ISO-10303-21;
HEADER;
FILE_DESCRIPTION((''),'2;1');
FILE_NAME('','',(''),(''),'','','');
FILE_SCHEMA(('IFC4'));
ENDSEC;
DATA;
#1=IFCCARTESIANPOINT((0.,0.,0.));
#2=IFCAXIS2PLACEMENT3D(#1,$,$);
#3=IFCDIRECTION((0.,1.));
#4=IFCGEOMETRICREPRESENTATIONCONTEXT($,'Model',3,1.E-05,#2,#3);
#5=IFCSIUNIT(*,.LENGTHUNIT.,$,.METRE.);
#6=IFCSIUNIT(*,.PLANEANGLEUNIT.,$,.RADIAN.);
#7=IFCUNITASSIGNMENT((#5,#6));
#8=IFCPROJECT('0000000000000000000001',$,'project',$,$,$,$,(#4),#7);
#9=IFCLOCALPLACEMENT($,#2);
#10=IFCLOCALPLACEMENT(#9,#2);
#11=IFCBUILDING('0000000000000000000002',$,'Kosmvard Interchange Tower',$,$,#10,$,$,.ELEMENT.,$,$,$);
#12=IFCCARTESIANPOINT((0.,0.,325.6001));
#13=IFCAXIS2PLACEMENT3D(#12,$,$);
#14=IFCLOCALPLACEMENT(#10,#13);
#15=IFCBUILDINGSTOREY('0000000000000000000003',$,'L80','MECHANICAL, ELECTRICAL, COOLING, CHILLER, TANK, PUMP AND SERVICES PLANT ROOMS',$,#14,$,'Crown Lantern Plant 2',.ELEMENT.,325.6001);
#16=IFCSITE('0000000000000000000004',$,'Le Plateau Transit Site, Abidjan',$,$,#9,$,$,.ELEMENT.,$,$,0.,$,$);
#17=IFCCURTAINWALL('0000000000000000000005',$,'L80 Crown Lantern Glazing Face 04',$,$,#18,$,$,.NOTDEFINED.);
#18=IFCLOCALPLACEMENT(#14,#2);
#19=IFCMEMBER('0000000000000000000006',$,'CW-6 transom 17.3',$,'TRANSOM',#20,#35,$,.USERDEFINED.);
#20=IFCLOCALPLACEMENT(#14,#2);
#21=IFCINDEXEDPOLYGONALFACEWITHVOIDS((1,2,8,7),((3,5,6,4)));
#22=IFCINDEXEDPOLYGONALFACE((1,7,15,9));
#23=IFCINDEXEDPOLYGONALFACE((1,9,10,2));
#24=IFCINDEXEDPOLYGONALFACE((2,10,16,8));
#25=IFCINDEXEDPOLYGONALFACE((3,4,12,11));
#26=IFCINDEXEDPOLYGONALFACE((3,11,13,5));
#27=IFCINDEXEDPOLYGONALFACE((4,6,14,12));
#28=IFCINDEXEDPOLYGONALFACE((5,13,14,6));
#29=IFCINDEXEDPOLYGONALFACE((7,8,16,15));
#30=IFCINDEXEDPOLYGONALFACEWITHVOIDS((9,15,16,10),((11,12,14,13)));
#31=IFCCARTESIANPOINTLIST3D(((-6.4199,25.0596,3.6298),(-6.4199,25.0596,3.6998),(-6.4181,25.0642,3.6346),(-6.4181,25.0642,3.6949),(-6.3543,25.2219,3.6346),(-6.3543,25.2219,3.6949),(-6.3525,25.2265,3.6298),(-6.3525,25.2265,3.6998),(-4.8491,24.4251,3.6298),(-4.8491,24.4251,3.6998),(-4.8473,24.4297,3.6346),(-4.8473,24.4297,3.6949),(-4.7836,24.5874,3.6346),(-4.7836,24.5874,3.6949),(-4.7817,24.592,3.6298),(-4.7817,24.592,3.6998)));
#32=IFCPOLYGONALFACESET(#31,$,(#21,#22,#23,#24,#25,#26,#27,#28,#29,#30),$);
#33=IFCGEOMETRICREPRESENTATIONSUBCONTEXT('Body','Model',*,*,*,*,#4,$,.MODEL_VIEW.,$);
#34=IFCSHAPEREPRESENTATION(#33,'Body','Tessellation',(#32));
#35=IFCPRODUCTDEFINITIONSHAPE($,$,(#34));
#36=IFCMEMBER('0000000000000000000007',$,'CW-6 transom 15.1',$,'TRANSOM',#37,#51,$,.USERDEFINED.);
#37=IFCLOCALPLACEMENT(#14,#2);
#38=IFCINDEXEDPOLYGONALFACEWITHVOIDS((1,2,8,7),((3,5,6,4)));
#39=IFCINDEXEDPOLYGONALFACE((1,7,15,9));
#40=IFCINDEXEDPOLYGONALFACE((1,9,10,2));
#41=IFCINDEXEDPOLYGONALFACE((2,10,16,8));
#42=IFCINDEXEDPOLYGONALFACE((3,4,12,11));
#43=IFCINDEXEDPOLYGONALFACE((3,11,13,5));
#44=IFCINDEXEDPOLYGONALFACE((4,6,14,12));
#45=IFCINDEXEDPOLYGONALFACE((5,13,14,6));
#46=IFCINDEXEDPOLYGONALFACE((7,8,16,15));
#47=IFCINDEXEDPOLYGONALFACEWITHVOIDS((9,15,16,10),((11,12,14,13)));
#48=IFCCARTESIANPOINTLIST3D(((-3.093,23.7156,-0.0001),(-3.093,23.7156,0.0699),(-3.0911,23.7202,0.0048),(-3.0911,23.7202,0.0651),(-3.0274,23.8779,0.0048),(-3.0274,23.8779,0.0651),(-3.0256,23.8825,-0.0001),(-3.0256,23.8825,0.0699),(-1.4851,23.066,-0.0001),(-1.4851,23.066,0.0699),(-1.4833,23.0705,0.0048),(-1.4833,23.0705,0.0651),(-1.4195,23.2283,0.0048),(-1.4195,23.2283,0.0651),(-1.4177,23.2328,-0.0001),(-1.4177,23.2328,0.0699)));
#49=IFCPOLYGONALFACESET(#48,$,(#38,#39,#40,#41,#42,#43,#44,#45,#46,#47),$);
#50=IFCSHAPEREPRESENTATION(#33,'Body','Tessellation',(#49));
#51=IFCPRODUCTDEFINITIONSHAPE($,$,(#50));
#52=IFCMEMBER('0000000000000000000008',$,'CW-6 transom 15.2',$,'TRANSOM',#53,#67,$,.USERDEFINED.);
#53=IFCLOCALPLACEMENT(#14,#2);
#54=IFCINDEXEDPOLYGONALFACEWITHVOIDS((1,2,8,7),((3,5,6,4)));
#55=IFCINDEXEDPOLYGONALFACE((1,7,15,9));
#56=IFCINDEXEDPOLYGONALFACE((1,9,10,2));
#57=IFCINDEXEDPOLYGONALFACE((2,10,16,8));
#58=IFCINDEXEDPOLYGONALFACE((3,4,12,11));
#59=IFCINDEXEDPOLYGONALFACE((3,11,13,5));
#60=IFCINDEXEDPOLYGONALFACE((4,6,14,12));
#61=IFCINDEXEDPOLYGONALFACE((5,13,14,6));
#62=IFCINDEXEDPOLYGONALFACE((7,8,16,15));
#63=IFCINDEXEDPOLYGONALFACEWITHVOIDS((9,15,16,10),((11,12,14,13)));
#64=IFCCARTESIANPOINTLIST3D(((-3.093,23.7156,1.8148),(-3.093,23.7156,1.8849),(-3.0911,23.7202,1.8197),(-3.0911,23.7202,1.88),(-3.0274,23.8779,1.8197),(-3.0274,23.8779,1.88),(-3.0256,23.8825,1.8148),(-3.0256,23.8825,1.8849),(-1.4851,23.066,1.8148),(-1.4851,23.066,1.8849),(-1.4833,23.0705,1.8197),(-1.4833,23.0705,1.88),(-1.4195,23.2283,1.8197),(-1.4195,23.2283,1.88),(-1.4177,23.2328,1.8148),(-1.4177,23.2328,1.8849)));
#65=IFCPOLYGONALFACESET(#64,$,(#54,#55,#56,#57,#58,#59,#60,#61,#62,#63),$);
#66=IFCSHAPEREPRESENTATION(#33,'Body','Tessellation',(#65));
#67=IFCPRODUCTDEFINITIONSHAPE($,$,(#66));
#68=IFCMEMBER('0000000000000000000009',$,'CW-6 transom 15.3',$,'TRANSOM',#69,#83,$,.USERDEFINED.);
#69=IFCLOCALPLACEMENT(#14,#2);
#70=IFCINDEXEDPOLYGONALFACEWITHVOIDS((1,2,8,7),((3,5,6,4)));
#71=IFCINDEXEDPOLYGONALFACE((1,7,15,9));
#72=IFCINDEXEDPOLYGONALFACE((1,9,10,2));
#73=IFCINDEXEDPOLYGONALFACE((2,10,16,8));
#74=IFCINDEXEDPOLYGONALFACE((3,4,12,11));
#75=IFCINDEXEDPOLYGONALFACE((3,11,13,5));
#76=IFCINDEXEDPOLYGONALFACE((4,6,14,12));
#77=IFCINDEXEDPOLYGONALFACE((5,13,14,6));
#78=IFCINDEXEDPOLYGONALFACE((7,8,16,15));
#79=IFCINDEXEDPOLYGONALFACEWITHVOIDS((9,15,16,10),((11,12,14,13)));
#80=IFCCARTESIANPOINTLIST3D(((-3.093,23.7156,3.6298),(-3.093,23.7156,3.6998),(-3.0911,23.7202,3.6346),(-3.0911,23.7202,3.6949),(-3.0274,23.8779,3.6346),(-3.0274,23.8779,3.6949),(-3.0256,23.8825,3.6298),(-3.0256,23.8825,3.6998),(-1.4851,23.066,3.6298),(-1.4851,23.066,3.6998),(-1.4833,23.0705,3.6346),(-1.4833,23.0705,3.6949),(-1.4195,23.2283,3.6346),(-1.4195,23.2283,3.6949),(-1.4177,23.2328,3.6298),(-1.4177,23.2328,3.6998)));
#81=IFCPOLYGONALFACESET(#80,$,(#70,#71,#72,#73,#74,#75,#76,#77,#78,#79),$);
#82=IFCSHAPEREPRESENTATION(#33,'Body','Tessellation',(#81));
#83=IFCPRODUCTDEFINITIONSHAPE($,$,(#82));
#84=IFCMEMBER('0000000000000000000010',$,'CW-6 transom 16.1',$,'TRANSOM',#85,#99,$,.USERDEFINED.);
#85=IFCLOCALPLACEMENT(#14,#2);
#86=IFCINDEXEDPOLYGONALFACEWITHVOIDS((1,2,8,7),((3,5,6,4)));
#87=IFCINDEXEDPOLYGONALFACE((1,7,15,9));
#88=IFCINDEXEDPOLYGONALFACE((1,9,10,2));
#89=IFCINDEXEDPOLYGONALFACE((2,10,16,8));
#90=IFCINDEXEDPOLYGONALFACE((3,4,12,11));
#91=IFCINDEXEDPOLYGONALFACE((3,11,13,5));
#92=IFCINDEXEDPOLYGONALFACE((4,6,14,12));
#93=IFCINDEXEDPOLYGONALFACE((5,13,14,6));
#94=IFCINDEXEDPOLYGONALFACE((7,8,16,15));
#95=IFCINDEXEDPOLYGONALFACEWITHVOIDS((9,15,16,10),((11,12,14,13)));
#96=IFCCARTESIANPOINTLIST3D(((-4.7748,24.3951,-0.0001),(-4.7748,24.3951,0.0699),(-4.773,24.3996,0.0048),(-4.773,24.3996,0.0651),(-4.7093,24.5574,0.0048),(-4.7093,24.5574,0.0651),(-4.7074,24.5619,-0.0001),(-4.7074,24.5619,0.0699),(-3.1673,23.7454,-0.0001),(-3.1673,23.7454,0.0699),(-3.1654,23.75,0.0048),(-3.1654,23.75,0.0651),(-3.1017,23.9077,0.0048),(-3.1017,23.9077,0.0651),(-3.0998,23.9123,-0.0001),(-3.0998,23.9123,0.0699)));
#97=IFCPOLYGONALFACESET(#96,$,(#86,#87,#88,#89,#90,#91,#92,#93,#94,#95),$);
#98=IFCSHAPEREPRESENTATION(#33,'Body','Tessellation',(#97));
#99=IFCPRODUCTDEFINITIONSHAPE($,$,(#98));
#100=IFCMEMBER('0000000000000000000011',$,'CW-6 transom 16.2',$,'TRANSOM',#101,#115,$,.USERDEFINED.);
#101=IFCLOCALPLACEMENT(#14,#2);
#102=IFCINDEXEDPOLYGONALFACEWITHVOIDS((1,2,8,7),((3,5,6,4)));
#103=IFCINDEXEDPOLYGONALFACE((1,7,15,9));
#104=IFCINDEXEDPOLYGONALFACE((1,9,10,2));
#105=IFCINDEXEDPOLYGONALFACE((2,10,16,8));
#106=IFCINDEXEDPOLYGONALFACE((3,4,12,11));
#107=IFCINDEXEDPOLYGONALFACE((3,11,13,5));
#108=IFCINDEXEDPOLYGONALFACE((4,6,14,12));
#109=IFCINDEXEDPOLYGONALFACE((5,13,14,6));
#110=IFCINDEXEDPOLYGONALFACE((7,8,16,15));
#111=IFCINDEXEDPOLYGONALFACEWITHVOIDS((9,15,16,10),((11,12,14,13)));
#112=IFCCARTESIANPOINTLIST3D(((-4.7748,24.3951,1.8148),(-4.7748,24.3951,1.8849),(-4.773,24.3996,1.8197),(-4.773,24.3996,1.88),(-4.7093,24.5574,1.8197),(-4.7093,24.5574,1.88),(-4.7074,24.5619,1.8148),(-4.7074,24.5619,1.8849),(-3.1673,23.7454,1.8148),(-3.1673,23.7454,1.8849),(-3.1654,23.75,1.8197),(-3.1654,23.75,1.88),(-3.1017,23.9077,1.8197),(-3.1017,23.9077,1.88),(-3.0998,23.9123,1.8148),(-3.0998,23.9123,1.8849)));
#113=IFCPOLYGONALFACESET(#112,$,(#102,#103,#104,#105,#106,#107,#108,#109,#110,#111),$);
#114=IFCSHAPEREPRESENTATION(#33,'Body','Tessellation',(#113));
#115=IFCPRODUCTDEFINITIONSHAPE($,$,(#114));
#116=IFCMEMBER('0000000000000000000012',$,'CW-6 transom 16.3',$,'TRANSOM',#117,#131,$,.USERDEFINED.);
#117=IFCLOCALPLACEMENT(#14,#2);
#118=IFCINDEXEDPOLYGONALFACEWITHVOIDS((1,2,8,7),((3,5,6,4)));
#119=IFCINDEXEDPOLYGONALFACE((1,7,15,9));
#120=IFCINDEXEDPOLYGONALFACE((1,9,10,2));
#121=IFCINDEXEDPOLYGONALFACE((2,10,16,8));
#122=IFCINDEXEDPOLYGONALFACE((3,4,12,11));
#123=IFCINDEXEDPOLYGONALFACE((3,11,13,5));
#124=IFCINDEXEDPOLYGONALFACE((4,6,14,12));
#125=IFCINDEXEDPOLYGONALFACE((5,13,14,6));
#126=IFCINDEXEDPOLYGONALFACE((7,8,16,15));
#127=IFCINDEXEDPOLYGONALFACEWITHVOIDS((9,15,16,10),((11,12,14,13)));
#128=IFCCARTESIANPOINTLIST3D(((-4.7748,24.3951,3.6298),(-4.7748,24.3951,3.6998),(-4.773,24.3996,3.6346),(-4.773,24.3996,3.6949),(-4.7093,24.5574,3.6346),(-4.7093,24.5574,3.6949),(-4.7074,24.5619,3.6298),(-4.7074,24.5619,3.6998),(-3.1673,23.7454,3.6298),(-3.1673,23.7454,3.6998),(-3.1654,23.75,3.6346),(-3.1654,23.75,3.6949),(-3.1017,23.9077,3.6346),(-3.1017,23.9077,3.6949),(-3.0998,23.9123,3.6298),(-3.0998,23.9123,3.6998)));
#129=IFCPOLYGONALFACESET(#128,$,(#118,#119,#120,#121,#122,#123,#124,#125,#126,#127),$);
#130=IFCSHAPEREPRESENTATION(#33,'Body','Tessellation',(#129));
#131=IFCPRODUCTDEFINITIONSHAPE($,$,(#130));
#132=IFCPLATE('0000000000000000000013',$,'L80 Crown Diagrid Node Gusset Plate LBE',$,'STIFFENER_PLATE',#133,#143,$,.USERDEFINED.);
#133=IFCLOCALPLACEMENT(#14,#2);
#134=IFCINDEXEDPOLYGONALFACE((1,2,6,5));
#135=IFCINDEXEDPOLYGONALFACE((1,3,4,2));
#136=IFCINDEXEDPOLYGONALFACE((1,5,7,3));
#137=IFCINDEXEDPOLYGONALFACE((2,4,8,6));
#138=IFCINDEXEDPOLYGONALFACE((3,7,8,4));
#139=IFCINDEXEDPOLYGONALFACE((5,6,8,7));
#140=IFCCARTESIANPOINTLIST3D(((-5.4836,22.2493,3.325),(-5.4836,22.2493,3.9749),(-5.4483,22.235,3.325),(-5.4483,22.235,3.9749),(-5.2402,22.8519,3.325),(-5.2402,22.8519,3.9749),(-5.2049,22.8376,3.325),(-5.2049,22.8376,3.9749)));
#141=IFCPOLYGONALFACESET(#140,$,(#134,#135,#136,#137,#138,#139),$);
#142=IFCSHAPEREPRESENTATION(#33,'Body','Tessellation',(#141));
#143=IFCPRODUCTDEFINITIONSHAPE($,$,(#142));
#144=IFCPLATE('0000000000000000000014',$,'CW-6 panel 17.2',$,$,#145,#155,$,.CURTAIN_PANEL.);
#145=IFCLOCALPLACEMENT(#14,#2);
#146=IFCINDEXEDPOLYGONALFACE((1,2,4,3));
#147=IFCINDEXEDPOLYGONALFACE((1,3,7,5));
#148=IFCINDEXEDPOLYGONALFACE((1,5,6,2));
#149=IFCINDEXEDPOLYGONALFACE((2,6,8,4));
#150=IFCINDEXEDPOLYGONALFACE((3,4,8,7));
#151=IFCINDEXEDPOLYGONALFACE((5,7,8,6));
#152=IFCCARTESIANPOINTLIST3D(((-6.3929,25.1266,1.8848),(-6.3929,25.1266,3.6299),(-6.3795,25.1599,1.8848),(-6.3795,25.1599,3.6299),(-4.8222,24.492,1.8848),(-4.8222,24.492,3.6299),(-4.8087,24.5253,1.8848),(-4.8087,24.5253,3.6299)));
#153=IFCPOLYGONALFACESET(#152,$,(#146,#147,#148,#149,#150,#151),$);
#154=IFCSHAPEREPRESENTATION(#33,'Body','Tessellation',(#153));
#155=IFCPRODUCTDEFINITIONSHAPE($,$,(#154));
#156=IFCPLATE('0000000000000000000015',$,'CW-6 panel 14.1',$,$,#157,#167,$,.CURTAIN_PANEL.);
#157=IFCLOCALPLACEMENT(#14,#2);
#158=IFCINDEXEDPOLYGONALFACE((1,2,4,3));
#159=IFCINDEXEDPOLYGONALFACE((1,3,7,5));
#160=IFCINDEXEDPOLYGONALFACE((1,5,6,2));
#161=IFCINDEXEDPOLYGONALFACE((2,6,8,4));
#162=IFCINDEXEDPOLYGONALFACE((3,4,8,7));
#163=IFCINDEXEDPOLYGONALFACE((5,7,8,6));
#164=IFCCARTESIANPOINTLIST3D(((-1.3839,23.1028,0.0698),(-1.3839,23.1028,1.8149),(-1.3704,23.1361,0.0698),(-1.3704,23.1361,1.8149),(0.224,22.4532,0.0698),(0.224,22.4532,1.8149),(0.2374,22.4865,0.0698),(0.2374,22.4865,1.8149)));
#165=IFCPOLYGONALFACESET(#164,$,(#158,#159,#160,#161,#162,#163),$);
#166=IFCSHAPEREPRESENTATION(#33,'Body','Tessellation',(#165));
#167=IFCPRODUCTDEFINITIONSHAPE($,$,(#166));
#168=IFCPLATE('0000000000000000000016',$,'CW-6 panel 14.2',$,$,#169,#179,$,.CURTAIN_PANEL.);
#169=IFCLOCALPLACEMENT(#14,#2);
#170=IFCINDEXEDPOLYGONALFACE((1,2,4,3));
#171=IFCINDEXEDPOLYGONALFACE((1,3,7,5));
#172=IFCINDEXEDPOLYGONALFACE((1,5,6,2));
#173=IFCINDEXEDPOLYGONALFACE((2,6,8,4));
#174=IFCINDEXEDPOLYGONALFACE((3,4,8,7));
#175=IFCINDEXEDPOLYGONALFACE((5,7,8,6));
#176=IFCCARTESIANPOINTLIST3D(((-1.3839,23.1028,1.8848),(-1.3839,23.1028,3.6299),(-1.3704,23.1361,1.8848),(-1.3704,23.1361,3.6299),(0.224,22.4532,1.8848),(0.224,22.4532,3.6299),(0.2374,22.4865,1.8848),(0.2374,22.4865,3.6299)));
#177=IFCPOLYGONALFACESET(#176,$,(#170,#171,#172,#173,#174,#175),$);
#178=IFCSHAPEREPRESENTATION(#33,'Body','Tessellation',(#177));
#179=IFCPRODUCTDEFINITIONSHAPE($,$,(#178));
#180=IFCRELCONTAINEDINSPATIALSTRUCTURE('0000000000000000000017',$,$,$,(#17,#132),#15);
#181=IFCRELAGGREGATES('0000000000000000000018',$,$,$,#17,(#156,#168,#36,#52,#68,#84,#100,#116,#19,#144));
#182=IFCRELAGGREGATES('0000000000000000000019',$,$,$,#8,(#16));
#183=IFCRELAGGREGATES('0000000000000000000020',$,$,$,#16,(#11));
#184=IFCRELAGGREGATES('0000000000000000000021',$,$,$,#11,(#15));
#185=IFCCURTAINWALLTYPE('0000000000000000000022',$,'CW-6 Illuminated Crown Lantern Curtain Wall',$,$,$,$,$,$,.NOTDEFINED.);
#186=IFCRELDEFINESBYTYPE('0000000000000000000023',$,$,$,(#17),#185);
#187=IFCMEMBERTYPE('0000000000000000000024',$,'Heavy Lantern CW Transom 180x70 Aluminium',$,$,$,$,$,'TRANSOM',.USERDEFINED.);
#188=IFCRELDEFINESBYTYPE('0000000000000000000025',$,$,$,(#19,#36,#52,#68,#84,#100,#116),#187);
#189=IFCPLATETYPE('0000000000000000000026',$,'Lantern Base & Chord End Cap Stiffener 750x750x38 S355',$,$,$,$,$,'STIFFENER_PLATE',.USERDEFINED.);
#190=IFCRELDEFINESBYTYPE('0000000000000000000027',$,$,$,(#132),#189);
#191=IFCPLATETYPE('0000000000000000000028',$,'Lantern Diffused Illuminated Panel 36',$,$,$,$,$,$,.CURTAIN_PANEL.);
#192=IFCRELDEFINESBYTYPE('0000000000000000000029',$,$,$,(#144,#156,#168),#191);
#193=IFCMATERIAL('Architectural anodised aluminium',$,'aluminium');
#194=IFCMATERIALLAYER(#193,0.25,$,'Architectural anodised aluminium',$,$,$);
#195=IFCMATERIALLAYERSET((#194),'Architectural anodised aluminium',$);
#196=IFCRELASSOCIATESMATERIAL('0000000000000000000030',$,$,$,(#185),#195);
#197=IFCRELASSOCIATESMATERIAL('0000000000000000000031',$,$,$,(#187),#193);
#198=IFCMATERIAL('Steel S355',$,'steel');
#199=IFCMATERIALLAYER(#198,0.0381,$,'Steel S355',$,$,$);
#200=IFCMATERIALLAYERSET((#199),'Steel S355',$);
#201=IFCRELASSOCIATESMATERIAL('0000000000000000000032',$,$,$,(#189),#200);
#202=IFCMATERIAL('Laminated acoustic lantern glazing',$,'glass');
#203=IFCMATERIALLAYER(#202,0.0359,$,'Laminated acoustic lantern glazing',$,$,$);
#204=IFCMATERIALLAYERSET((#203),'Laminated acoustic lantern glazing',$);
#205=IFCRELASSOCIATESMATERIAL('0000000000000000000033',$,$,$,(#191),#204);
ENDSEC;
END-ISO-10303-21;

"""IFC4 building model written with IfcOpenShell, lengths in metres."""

from ifc_helpers import new_model, si_unit, direction, frame, origin, origin_2d, place, context, subcontext, project, spatial, rectangle, hollow_rectangle, extrude, source, transform, mapped, material, layer, layer_set, material_profile, profile_set, type_object, element, aggregate, save


model = new_model("IFC4")

# Units and contexts
model_context = context("Model", 3, precision=1e-05, world=origin(), true_north=direction((0.0, 1.0)))
body_context = subcontext(model_context, "Body", "Model", "MODEL_VIEW")
ifc_project = project(units=[si_unit("LENGTHUNIT", "METRE"), si_unit("PLANEANGLEUNIT", "RADIAN")], contexts=[model_context])

# Site, building, storey
site_placement = place(None, origin())
site = spatial("IfcSite", under=ifc_project, at=site_placement, Name="Le Plateau Transit Site, Abidjan", CompositionType="ELEMENT", RefElevation=0.0)
building_placement = place(site_placement, origin())
building = spatial("IfcBuilding", under=site, at=building_placement, Name="Kosmvard Interchange Tower", CompositionType="ELEMENT")
storey_placement = place(building_placement, frame((0.0, 0.0, 325.6001)))
storey = spatial("IfcBuildingStorey", under=building, at=storey_placement, Name="L80", Description="MECHANICAL, ELECTRICAL, COOLING, CHILLER, TANK, PUMP AND SERVICES PLANT ROOMS", LongName="Crown Lantern Plant 2", CompositionType="ELEMENT", Elevation=325.6001)

# Shared definitions
ifc_material_1 = material(Name="Steel S355", Category="steel")

# Curtain wall, members
ifc_material_2 = material(Name="Architectural anodised aluminium", Category="aluminium")
ifc_layer_1 = layer(ifc_material_2, 0.25, Name="Architectural anodised aluminium")
ifc_layer_set_1 = layer_set([ifc_layer_1], Name="Architectural anodised aluminium")
curtain_wall_type = type_object("IfcCurtainWallType", Name="CW-6 Illuminated Crown Lantern Curtain Wall", PredefinedType="NOTDEFINED", material=ifc_layer_set_1)
curtain_wall_placement = place(storey_placement, origin())
curtain_wall = element("IfcCurtainWall", 1, at=curtain_wall_placement, inside=storey, type_object=curtain_wall_type, Name="L80 Crown Lantern Glazing Face 04", PredefinedType="NOTDEFINED")
ifc_material_profile_1 = material_profile(ifc_material_2, hollow_rectangle(XDim=0.1799, YDim=0.0701, WallThickness=0.0049, at=origin_2d()), Name="CWT 180x70x5")
ifc_profile_set_1 = profile_set([ifc_material_profile_1], Name="Architectural anodised aluminium")
member_type_1 = type_object("IfcMemberType", Name="Heavy Lantern CW Transom 180x70 Aluminium", ElementType="TRANSOM", PredefinedType="USERDEFINED", material=ifc_profile_set_1)
shared_shape_1 = source(origin(), body_context, "Body", "SweptSolid", [
    extrude(hollow_rectangle(XDim=0.1799, YDim=0.0701, WallThickness=0.0049, at=origin_2d()), origin(), (0.0, 0.0, 1.0), 1.6941),
])
member_1_placement = place(storey_placement, frame((-4.8154, 24.5085, 3.6648), z_axis=(-0.927209, 0.374544, 0.0), x_axis=(-0.374544, -0.927209, 0.0)))
member_1 = element("IfcMember", 2, at=member_1_placement, type_object=member_type_1, Name="CW-6 transom 17.3", ObjectType="TRANSOM", PredefinedType="USERDEFINED", context=body_context, shape_type="MappedRepresentation", body=[
    mapped(shared_shape_1, transform((0.0, 0.0, 0.0), scale=1.0)),
])
shared_shape_2 = source(origin(), body_context, "Body", "SweptSolid", [
    extrude(hollow_rectangle(XDim=0.1799, YDim=0.0701, WallThickness=0.0049, at=origin_2d()), origin(), (0.0, 0.0, 1.0), 1.7341),
])
member_2_placement = place(storey_placement, frame((-1.4514, 23.1494, 0.0349), z_axis=(-0.92718, 0.374617, 0.0), x_axis=(-0.374617, -0.92718, 0.0)))
member_2 = element("IfcMember", 3, at=member_2_placement, type_object=member_type_1, Name="CW-6 transom 15.1", ObjectType="TRANSOM", PredefinedType="USERDEFINED", context=body_context, shape_type="MappedRepresentation", body=[
    mapped(shared_shape_2, transform((0.0, 0.0, 0.0), scale=1.0)),
])
member_3_placement = place(storey_placement, frame((-1.4514, 23.1494, 1.8499), z_axis=(-0.92718, 0.374617, 0.0), x_axis=(-0.374617, -0.92718, 0.0)))
member_3 = element("IfcMember", 4, at=member_3_placement, type_object=member_type_1, Name="CW-6 transom 15.2", ObjectType="TRANSOM", PredefinedType="USERDEFINED", context=body_context, shape_type="MappedRepresentation", body=[
    mapped(shared_shape_2, transform((0.0, 0.0, 0.0), scale=1.0)),
])
member_4_placement = place(storey_placement, frame((-1.4514, 23.1494, 3.6648), z_axis=(-0.92718, 0.374617, 0.0), x_axis=(-0.374617, -0.92718, 0.0)))
member_4 = element("IfcMember", 5, at=member_4_placement, type_object=member_type_1, Name="CW-6 transom 15.3", ObjectType="TRANSOM", PredefinedType="USERDEFINED", context=body_context, shape_type="MappedRepresentation", body=[
    mapped(shared_shape_2, transform((0.0, 0.0, 0.0), scale=1.0)),
])
shared_shape_3 = source(origin(), body_context, "Body", "SweptSolid", [
    extrude(hollow_rectangle(XDim=0.1799, YDim=0.0701, WallThickness=0.0049, at=origin_2d()), origin(), (0.0, 0.0, 1.0), 1.7339),
])
member_5_placement = place(storey_placement, frame((-3.1335, 23.8289, 0.0349), z_axis=(-0.92716, 0.374666, 0.0), x_axis=(-0.374666, -0.92716, 0.0)))
member_5 = element("IfcMember", 6, at=member_5_placement, type_object=member_type_1, Name="CW-6 transom 16.1", ObjectType="TRANSOM", PredefinedType="USERDEFINED", context=body_context, shape_type="MappedRepresentation", body=[
    mapped(shared_shape_3, transform((0.0, 0.0, 0.0), scale=1.0)),
])
member_6_placement = place(storey_placement, frame((-3.1335, 23.8289, 1.8499), z_axis=(-0.92716, 0.374666, 0.0), x_axis=(-0.374666, -0.92716, 0.0)))
member_6 = element("IfcMember", 7, at=member_6_placement, type_object=member_type_1, Name="CW-6 transom 16.2", ObjectType="TRANSOM", PredefinedType="USERDEFINED", context=body_context, shape_type="MappedRepresentation", body=[
    mapped(shared_shape_3, transform((0.0, 0.0, 0.0), scale=1.0)),
])
member_7_placement = place(storey_placement, frame((-3.1335, 23.8289, 3.6648), z_axis=(-0.92716, 0.374666, 0.0), x_axis=(-0.374666, -0.92716, 0.0)))
member_7 = element("IfcMember", 8, at=member_7_placement, type_object=member_type_1, Name="CW-6 transom 16.3", ObjectType="TRANSOM", PredefinedType="USERDEFINED", context=body_context, shape_type="MappedRepresentation", body=[
    mapped(shared_shape_3, transform((0.0, 0.0, 0.0), scale=1.0)),
])

# Plates
ifc_layer_2 = layer(ifc_material_1, 0.0381, Name="Steel S355")
ifc_layer_set_2 = layer_set([ifc_layer_2], Name="Steel S355")
plate_type_1 = type_object("IfcPlateType", Name="Lantern Base & Chord End Cap Stiffener 750x750x38 S355", ElementType="STIFFENER_PLATE", PredefinedType="USERDEFINED", material=ifc_layer_set_2)
shared_shape_4 = source(origin(), body_context, "Body", "SweptSolid", [
    extrude(rectangle(XDim=0.6499, YDim=0.0381, at=origin_2d()), origin(), (0.0, 0.0, 1.0), 0.6499),
])
plate_1_placement = place(storey_placement, frame((-5.3442, 22.5435, 3.325), z_axis=(0.0, 0.0, 1.0), x_axis=(0.374607, 0.927184, 0.0)))
element("IfcPlate", 9, at=plate_1_placement, inside=storey, type_object=plate_type_1, Name="L80 Crown Diagrid Node Gusset Plate LBE", ObjectType="STIFFENER_PLATE", PredefinedType="USERDEFINED", context=body_context, shape_type="MappedRepresentation", body=[
    mapped(shared_shape_4, transform((0.0, 0.0, 0.0), scale=1.0)),
])
ifc_material_3 = material(Name="Laminated acoustic lantern glazing", Category="glass")
ifc_layer_3 = layer(ifc_material_3, 0.0359, Name="Laminated acoustic lantern glazing")
ifc_layer_set_3 = layer_set([ifc_layer_3], Name="Laminated acoustic lantern glazing")
plate_type_2 = type_object("IfcPlateType", Name="Lantern Diffused Illuminated Panel 36", PredefinedType="CURTAIN_PANEL", material=ifc_layer_set_3)
shared_shape_5 = source(origin(), body_context, "Body", "SweptSolid", [
    extrude(rectangle(XDim=1.6941, YDim=0.0359, at=origin_2d()), origin(), (0.0, 0.0, 1.0), 1.7451),
])
plate_2_placement = place(storey_placement, frame((-5.6008, 24.8259, 1.8848), z_axis=(0.0, 0.0, 1.0), x_axis=(-0.927184, 0.374607, 0.0)))
plate_2 = element("IfcPlate", 10, at=plate_2_placement, type_object=plate_type_2, Name="CW-6 panel 17.2", PredefinedType="CURTAIN_PANEL", context=body_context, shape_type="MappedRepresentation", body=[
    mapped(shared_shape_5, transform((0.0, 0.0, 0.0), scale=1.0)),
])
shared_shape_6 = source(origin(), body_context, "Body", "SweptSolid", [
    extrude(rectangle(XDim=1.7341, YDim=0.0359, at=origin_2d()), origin(), (0.0, 0.0, 1.0), 1.7451),
])
plate_3_placement = place(storey_placement, frame((-0.5732, 22.7947, 0.0698), z_axis=(0.0, 0.0, 1.0), x_axis=(-0.927184, 0.374607, 0.0)))
plate_3 = element("IfcPlate", 11, at=plate_3_placement, type_object=plate_type_2, Name="CW-6 panel 14.1", PredefinedType="CURTAIN_PANEL", context=body_context, shape_type="MappedRepresentation", body=[
    mapped(shared_shape_6, transform((0.0, 0.0, 0.0), scale=1.0)),
])
plate_4_placement = place(storey_placement, frame((-0.5732, 22.7947, 1.8848), z_axis=(0.0, 0.0, 1.0), x_axis=(-0.927184, 0.374607, 0.0)))
plate_4 = element("IfcPlate", 12, at=plate_4_placement, type_object=plate_type_2, Name="CW-6 panel 14.2", PredefinedType="CURTAIN_PANEL", context=body_context, shape_type="MappedRepresentation", body=[
    mapped(shared_shape_6, transform((0.0, 0.0, 0.0), scale=1.0)),
])
aggregate(curtain_wall, [plate_3, plate_4, member_2, member_3, member_4, member_5, member_6, member_7, member_1, plate_2])

save(model, "model.ifc")
